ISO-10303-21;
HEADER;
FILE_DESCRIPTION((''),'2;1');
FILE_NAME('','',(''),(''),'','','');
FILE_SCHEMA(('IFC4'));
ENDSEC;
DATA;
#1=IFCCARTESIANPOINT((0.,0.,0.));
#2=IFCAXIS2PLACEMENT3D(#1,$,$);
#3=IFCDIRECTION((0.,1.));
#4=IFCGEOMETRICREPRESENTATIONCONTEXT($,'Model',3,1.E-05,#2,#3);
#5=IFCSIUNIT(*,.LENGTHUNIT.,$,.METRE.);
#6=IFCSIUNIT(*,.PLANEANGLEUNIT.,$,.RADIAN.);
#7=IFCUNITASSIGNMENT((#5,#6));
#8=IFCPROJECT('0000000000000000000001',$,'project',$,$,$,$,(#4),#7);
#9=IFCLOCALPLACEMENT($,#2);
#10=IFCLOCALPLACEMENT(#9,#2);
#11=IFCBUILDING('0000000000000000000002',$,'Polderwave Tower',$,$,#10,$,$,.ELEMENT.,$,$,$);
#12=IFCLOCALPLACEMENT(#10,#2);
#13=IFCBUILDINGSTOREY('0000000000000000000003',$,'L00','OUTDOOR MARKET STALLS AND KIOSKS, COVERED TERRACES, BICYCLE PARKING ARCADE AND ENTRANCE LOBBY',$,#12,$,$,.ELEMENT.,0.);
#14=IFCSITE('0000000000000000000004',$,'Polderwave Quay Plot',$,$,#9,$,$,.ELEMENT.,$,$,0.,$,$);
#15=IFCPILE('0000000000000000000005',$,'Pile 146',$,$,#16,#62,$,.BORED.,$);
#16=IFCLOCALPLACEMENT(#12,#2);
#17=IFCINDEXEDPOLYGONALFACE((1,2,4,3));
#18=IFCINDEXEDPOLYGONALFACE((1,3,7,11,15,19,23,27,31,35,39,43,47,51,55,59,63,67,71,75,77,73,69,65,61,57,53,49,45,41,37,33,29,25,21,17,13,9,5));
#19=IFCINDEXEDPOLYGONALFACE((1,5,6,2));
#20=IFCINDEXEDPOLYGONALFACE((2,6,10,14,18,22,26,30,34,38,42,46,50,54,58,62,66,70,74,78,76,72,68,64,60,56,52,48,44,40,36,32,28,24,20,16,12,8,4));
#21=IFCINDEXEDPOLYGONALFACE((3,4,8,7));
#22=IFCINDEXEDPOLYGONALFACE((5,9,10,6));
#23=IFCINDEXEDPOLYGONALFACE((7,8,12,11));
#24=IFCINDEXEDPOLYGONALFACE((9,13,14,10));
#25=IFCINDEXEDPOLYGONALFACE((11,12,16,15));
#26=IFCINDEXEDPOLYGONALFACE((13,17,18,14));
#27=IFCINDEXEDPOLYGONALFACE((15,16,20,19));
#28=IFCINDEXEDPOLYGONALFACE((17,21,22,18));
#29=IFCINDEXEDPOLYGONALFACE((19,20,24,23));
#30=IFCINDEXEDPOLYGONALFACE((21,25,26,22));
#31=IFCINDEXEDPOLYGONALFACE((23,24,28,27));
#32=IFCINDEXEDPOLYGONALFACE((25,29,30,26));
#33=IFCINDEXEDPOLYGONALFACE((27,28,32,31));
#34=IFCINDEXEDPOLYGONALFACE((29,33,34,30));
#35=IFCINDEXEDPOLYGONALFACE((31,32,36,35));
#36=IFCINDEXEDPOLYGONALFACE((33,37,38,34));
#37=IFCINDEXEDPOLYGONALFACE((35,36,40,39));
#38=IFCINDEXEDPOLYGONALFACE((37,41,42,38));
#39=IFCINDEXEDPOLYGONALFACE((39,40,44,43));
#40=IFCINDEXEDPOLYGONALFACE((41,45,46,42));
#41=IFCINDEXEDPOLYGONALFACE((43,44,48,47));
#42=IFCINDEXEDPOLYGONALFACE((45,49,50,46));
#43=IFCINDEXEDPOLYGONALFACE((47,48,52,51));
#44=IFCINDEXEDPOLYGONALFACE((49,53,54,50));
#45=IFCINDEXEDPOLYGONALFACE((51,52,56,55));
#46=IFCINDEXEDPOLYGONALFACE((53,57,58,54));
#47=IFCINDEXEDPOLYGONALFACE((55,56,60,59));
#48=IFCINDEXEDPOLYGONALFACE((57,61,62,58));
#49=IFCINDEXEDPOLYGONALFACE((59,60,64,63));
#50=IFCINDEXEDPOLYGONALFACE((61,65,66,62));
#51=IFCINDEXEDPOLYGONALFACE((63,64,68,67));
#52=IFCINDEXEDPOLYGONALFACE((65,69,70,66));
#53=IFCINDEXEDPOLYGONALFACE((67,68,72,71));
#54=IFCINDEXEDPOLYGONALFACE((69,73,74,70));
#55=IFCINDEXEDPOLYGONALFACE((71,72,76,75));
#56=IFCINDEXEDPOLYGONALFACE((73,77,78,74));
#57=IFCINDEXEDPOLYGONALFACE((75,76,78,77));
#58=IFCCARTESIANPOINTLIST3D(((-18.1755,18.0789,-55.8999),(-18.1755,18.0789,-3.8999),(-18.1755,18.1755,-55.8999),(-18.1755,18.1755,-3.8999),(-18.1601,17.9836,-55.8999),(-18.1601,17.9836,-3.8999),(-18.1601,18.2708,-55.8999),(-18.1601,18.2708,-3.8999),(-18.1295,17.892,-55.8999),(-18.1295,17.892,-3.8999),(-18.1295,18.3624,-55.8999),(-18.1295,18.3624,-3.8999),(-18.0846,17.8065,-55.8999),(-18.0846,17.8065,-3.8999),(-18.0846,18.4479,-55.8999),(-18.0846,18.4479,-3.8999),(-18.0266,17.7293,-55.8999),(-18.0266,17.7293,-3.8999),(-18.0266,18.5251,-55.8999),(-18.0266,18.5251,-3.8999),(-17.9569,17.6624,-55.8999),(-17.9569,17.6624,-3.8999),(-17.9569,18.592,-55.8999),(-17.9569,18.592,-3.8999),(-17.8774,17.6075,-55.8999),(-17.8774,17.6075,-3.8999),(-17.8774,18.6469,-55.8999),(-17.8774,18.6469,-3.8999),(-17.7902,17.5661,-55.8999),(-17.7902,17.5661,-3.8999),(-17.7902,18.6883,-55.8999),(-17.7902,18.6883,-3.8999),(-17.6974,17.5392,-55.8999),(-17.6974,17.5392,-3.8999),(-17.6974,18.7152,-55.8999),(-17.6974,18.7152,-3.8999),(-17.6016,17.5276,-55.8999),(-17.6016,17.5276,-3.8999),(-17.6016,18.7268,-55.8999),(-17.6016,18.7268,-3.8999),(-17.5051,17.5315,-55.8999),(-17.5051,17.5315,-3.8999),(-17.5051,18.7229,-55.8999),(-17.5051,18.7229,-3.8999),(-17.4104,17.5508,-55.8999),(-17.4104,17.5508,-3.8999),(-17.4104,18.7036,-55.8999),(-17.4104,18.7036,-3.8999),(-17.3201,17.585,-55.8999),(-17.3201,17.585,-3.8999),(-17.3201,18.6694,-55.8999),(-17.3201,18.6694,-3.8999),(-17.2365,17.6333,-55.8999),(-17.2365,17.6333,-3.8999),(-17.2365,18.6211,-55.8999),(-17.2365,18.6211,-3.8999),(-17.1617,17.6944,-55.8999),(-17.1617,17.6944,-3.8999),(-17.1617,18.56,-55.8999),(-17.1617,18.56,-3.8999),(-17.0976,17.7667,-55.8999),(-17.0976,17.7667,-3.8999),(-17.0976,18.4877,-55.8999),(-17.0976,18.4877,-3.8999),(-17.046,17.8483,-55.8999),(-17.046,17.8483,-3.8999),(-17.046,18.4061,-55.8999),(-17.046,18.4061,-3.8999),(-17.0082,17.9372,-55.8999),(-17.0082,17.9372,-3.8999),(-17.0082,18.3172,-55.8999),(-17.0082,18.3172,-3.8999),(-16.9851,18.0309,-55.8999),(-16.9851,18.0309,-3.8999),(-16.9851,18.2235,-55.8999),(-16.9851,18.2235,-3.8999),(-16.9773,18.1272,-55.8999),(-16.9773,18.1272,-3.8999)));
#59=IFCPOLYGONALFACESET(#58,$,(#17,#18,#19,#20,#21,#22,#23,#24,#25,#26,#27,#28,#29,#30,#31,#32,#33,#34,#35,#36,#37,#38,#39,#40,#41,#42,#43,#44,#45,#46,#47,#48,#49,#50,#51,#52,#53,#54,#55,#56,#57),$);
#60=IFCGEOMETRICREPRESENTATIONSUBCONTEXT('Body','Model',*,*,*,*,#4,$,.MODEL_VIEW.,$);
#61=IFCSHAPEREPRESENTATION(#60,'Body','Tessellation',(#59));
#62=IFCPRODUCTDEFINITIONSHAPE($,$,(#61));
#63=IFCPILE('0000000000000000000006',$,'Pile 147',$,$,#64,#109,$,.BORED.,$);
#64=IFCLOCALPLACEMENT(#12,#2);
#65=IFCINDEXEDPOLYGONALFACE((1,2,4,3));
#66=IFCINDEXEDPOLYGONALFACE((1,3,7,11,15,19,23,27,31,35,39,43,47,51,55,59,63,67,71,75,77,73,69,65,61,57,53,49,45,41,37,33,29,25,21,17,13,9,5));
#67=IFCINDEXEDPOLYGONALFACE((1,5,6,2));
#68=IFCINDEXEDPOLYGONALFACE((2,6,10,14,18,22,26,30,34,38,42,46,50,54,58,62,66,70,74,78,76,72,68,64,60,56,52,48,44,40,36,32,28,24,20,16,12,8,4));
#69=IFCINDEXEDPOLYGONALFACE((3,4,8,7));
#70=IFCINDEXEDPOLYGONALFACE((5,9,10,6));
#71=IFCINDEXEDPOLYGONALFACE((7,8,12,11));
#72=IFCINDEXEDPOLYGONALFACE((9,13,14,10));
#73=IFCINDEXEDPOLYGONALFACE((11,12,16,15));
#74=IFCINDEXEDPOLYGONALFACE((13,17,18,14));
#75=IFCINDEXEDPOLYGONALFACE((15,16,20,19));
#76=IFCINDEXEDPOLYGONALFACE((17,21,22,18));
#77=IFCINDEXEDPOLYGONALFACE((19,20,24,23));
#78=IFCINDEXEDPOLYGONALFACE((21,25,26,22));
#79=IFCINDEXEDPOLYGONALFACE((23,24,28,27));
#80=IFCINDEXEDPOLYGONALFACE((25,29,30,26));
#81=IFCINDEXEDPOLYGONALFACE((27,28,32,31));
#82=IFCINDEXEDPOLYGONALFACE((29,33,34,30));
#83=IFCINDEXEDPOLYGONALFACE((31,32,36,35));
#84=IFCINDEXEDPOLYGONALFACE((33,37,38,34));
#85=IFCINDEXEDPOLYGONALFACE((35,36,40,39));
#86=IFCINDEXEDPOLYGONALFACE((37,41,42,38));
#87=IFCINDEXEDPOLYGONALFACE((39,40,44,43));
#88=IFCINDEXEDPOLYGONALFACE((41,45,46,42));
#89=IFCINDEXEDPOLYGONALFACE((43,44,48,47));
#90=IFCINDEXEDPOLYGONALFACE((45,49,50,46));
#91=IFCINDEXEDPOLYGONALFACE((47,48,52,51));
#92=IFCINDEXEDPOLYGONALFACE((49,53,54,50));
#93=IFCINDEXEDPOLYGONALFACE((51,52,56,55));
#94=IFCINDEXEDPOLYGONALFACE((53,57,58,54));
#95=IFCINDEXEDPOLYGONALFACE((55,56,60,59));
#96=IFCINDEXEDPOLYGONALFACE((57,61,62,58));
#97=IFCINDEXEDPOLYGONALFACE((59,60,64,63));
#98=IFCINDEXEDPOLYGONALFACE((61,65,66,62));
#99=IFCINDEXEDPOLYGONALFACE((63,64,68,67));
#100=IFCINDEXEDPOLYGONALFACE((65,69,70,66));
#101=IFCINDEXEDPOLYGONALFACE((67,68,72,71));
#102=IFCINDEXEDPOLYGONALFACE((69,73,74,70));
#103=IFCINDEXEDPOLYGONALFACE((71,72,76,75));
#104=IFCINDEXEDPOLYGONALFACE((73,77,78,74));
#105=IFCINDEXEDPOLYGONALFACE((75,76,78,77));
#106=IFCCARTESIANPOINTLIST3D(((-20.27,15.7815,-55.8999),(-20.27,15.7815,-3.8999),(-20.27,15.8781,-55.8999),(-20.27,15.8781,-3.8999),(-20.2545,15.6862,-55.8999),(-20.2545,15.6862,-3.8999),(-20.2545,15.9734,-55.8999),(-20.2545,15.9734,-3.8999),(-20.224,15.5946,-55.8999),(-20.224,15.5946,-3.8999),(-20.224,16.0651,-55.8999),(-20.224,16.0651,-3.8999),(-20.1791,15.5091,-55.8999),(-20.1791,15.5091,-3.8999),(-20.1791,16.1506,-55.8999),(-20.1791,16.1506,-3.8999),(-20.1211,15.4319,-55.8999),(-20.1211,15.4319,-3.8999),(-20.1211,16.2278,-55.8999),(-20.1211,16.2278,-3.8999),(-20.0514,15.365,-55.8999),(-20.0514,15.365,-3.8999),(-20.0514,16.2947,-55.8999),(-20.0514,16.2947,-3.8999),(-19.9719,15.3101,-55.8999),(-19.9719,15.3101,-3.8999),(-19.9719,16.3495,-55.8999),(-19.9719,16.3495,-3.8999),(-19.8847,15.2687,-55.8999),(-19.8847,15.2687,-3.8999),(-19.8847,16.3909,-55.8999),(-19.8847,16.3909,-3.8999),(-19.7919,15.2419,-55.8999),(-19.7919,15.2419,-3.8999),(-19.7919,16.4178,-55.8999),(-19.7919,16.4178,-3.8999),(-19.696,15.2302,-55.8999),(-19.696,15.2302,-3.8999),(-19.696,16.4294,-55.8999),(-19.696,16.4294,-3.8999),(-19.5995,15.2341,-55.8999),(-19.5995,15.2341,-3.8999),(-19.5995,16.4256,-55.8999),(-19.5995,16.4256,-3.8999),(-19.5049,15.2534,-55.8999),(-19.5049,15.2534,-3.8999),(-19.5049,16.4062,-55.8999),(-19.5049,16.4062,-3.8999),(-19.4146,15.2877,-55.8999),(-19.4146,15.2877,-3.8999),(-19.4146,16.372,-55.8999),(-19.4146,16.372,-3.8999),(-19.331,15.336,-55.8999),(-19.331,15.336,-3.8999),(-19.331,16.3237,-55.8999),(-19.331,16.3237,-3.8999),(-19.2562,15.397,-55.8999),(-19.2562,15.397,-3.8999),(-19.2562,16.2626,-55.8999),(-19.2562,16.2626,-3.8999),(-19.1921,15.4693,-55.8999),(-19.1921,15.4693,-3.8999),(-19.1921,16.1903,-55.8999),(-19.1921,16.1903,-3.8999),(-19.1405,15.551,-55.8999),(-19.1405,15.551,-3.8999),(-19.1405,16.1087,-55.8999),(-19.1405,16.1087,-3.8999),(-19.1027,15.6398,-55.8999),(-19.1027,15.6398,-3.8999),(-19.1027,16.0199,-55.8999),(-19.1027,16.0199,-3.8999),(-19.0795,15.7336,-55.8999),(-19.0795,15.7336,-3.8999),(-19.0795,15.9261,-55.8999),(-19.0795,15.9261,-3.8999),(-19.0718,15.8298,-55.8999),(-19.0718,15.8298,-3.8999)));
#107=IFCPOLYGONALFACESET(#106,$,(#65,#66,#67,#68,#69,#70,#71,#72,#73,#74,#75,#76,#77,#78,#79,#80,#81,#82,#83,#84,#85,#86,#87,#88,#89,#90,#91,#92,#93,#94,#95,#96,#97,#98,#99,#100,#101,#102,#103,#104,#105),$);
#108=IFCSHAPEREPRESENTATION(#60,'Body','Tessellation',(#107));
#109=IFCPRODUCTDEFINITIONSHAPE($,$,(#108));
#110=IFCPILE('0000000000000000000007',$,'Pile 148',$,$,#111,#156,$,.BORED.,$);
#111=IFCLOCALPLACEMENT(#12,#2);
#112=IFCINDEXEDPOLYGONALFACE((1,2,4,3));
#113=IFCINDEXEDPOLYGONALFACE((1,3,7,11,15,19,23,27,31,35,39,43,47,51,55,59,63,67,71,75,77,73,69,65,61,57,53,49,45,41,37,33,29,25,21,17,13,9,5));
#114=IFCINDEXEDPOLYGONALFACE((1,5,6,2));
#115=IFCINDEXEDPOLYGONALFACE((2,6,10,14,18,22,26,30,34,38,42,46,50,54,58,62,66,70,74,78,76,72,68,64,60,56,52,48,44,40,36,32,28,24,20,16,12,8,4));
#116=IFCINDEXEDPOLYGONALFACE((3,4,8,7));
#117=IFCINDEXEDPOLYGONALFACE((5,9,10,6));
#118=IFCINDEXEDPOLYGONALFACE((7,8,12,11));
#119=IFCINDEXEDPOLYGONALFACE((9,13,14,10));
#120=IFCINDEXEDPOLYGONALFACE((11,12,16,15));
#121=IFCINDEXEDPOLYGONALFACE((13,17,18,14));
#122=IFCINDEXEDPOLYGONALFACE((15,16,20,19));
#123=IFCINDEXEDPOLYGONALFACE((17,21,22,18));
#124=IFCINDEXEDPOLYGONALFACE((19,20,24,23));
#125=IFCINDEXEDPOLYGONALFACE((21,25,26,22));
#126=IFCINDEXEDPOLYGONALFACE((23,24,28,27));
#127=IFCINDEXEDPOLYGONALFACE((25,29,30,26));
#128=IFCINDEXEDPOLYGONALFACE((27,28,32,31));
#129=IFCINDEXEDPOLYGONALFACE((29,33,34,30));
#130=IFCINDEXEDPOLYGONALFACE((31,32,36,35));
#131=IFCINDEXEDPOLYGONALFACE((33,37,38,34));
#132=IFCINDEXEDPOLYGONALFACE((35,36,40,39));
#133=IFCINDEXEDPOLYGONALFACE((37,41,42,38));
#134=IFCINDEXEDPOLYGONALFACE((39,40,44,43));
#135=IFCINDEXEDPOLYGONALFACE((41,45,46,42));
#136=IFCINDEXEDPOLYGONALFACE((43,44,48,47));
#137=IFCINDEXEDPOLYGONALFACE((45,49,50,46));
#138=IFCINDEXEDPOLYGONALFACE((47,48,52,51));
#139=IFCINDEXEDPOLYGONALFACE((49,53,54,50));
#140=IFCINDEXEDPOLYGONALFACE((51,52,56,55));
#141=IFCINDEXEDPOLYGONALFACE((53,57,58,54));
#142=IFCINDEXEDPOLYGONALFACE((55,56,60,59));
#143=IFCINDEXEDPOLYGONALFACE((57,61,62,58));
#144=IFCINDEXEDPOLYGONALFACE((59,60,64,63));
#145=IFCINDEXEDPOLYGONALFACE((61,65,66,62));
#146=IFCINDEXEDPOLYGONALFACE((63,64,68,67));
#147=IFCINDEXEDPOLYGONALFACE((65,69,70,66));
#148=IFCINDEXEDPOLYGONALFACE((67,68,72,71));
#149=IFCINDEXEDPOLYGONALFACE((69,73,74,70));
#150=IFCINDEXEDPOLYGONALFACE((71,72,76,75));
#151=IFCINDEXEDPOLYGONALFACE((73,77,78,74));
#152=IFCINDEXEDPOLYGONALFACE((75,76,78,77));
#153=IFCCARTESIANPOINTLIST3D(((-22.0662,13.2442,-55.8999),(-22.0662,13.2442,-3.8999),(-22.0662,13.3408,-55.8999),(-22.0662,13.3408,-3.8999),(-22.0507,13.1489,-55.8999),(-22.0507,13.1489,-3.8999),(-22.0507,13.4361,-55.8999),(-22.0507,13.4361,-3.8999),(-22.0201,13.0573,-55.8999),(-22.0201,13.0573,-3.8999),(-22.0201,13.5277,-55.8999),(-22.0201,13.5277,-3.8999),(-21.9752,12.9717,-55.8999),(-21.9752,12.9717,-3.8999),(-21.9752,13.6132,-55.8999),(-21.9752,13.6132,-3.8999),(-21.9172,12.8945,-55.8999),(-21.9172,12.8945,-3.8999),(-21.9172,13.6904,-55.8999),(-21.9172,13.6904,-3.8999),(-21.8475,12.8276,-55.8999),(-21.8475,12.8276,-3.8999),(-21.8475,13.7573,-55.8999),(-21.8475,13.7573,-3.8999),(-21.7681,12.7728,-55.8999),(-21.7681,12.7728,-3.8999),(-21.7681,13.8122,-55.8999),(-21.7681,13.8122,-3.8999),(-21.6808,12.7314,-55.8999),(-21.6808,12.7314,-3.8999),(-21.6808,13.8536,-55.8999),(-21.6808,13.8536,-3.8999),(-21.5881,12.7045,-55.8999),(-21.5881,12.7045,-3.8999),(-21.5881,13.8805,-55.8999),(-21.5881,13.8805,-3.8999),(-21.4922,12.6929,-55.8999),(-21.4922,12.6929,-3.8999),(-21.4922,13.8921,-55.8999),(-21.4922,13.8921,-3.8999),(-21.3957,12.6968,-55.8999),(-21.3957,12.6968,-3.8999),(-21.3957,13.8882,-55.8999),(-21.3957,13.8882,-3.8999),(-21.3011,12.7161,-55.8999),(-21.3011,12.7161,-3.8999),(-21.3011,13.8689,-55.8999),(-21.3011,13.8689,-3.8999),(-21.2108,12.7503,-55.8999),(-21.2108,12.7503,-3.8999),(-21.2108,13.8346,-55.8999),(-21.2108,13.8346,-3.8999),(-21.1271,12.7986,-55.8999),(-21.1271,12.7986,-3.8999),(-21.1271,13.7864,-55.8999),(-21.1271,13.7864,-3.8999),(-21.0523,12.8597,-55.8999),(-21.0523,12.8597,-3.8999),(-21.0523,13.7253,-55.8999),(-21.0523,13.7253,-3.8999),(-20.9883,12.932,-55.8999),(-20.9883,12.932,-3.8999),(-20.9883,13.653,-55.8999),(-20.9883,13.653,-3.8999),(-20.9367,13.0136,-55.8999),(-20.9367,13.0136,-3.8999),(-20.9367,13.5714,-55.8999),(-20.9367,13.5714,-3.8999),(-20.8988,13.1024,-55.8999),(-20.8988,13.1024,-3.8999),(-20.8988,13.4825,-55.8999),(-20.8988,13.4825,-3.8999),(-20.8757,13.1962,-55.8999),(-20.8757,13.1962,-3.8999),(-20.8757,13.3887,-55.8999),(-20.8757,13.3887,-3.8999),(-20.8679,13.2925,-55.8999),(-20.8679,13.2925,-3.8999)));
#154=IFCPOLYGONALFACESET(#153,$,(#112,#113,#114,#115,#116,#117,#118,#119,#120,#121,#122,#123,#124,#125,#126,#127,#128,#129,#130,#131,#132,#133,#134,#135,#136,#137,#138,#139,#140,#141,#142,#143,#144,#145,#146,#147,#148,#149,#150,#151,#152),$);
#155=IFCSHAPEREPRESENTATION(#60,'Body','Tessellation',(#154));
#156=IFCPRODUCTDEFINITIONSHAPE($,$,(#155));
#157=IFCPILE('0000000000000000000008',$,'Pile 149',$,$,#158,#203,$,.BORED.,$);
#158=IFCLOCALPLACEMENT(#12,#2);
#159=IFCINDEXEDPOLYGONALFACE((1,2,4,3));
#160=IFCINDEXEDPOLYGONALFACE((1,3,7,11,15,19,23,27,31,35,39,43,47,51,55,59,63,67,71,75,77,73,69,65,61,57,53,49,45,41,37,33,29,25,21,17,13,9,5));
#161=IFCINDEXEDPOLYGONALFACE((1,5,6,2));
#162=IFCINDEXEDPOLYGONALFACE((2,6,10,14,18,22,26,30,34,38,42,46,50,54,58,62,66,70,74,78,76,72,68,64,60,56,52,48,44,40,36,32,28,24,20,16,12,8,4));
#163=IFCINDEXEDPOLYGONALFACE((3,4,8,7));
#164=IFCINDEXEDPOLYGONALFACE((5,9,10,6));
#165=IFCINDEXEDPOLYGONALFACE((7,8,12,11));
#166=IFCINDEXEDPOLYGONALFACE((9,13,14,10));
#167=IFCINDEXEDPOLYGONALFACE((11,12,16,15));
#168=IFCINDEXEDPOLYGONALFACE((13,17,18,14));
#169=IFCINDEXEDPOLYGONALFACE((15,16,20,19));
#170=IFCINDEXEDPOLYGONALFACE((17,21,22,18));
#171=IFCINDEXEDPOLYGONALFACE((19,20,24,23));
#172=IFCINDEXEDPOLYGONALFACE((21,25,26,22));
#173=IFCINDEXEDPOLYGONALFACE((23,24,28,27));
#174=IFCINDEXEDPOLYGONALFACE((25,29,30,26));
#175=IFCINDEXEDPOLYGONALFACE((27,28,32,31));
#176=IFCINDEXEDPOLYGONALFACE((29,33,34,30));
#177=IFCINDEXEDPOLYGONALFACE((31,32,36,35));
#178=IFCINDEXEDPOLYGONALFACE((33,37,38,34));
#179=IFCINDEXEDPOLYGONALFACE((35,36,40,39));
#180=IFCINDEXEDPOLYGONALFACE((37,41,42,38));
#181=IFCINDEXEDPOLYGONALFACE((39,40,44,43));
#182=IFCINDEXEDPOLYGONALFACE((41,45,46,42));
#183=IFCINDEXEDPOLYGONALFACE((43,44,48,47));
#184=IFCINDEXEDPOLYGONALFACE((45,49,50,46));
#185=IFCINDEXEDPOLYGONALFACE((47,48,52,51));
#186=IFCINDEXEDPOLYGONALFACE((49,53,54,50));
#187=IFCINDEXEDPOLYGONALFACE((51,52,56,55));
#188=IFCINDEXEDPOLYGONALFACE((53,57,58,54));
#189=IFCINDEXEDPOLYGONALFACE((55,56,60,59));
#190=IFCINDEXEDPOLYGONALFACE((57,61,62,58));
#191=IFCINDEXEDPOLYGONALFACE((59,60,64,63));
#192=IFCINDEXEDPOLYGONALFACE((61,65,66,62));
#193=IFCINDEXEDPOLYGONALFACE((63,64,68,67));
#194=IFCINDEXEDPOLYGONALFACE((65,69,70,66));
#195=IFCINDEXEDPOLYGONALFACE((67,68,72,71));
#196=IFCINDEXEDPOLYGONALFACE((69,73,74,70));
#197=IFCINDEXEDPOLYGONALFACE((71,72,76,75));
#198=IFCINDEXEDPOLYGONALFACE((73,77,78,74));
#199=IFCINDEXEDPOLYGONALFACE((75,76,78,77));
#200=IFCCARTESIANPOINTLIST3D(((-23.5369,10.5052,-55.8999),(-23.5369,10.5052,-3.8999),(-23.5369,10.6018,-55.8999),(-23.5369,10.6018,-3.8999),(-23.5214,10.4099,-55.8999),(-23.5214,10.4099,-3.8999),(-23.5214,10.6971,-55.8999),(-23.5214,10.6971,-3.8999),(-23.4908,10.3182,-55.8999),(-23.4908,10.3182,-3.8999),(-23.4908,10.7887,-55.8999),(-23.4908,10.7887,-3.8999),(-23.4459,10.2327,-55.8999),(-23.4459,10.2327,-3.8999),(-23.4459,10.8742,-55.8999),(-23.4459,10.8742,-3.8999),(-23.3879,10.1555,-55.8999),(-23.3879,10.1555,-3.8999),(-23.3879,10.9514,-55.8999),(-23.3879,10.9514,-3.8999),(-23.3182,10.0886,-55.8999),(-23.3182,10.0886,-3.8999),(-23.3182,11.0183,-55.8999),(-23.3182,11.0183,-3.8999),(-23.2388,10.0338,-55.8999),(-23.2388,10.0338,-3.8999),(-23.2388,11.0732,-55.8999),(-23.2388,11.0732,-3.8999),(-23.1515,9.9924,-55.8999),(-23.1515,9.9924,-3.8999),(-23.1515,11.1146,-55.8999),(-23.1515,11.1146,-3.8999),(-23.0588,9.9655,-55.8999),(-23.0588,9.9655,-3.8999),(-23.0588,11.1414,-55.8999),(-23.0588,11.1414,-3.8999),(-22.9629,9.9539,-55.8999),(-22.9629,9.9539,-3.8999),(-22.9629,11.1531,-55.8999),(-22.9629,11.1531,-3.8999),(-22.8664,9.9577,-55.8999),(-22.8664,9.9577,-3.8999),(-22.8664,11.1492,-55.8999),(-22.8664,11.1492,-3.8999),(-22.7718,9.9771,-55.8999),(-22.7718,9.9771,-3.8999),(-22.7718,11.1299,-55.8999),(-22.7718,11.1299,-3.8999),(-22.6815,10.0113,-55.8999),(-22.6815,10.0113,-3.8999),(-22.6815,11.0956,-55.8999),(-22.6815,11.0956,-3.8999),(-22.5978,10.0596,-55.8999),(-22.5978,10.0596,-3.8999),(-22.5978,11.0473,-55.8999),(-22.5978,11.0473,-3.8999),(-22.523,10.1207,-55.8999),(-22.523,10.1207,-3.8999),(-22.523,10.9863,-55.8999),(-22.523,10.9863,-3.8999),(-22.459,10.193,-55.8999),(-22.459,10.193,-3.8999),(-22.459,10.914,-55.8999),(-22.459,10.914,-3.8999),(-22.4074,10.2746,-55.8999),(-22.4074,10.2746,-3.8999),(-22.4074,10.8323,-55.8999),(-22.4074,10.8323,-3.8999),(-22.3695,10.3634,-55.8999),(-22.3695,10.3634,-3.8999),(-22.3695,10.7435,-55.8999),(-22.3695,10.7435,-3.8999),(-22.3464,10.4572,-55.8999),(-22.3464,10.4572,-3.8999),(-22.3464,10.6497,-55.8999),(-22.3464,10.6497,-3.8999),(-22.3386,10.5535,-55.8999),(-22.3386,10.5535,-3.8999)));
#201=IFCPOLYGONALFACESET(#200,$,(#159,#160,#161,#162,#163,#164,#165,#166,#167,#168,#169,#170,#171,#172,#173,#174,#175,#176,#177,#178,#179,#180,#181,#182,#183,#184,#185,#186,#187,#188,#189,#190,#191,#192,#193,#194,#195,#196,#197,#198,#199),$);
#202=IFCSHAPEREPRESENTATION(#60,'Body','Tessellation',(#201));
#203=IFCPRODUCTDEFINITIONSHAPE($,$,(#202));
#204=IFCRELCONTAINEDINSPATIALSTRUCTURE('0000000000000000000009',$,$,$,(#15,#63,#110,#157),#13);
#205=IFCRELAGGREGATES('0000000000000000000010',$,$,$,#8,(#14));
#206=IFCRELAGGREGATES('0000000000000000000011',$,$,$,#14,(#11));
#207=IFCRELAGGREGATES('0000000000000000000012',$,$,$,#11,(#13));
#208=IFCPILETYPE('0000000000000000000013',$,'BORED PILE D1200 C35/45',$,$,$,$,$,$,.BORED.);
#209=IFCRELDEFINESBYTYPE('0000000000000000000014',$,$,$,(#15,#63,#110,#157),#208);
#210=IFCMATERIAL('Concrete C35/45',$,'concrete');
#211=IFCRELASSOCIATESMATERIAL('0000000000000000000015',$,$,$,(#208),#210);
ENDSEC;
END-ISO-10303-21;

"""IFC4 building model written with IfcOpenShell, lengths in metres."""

from ifc_helpers import new_model, si_unit, direction, frame, origin, origin_2d, place, context, subcontext, project, spatial, circle, extrude, material, material_profile, profile_set, type_object, element, save


model = new_model("IFC4")

# Units and contexts
model_context = context("Model", 3, precision=1e-05, world=origin(), true_north=direction((0.0, 1.0)))
body_context = subcontext(model_context, "Body", "Model", "MODEL_VIEW")
ifc_project = project(units=[si_unit("LENGTHUNIT", "METRE"), si_unit("PLANEANGLEUNIT", "RADIAN")], contexts=[model_context])

# Site, building, storey
site_placement = place(None, origin())
site = spatial("IfcSite", under=ifc_project, at=site_placement, Name="Polderwave Quay Plot", CompositionType="ELEMENT", RefElevation=0.0)
building_placement = place(site_placement, origin())
building = spatial("IfcBuilding", under=site, at=building_placement, Name="Polderwave Tower", CompositionType="ELEMENT")
storey_placement = place(building_placement, origin())
storey = spatial("IfcBuildingStorey", under=building, at=storey_placement, Name="L00", Description="OUTDOOR MARKET STALLS AND KIOSKS, COVERED TERRACES, BICYCLE PARKING ARCADE AND ENTRANCE LOBBY", CompositionType="ELEMENT", Elevation=0.0)

# Piles
ifc_material_1 = material(Name="Concrete C35/45", Category="concrete")
ifc_material_profile_1 = material_profile(ifc_material_1, circle(Radius=0.6001, at=origin_2d()), Name="BORED D1200")
ifc_profile_set_1 = profile_set([ifc_material_profile_1], Name="Concrete C35/45")
pile_type = type_object("IfcPileType", Name="BORED PILE D1200 C35/45", PredefinedType="BORED", material=ifc_profile_set_1)
for number, where, z_axis, x_axis, name in (
    (1, (-17.5774, 18.1272, -3.8999), (0.0, 0.0, -1.0), (1.0, 0.0, 0.0), "Pile 146"),
    (2, (-19.6719, 15.8298, -3.8999), (0.0, 0.0, -1.0), (1.0, 0.0, 0.0), "Pile 147"),
    (3, (-21.468, 13.2925, -3.8999), (0.0, 0.0, -1.0), (1.0, 0.0, 0.0), "Pile 148"),
    (4, (-22.9387, 10.5535, -3.8999), (0.0, 0.0, -1.0), (1.0, 0.0, 0.0), "Pile 149"),
):
    element("IfcPile", number, at=place(storey_placement, frame(where, z_axis=z_axis, x_axis=x_axis)), inside=storey, type_object=pile_type, Name=name, PredefinedType="BORED", context=body_context, shape_type="SweptSolid", body=[
        extrude(circle(Radius=0.6001, at=origin_2d()), origin(), (0.0, 0.0, 1.0), 52.0),
    ])

save(model, "model.ifc")
